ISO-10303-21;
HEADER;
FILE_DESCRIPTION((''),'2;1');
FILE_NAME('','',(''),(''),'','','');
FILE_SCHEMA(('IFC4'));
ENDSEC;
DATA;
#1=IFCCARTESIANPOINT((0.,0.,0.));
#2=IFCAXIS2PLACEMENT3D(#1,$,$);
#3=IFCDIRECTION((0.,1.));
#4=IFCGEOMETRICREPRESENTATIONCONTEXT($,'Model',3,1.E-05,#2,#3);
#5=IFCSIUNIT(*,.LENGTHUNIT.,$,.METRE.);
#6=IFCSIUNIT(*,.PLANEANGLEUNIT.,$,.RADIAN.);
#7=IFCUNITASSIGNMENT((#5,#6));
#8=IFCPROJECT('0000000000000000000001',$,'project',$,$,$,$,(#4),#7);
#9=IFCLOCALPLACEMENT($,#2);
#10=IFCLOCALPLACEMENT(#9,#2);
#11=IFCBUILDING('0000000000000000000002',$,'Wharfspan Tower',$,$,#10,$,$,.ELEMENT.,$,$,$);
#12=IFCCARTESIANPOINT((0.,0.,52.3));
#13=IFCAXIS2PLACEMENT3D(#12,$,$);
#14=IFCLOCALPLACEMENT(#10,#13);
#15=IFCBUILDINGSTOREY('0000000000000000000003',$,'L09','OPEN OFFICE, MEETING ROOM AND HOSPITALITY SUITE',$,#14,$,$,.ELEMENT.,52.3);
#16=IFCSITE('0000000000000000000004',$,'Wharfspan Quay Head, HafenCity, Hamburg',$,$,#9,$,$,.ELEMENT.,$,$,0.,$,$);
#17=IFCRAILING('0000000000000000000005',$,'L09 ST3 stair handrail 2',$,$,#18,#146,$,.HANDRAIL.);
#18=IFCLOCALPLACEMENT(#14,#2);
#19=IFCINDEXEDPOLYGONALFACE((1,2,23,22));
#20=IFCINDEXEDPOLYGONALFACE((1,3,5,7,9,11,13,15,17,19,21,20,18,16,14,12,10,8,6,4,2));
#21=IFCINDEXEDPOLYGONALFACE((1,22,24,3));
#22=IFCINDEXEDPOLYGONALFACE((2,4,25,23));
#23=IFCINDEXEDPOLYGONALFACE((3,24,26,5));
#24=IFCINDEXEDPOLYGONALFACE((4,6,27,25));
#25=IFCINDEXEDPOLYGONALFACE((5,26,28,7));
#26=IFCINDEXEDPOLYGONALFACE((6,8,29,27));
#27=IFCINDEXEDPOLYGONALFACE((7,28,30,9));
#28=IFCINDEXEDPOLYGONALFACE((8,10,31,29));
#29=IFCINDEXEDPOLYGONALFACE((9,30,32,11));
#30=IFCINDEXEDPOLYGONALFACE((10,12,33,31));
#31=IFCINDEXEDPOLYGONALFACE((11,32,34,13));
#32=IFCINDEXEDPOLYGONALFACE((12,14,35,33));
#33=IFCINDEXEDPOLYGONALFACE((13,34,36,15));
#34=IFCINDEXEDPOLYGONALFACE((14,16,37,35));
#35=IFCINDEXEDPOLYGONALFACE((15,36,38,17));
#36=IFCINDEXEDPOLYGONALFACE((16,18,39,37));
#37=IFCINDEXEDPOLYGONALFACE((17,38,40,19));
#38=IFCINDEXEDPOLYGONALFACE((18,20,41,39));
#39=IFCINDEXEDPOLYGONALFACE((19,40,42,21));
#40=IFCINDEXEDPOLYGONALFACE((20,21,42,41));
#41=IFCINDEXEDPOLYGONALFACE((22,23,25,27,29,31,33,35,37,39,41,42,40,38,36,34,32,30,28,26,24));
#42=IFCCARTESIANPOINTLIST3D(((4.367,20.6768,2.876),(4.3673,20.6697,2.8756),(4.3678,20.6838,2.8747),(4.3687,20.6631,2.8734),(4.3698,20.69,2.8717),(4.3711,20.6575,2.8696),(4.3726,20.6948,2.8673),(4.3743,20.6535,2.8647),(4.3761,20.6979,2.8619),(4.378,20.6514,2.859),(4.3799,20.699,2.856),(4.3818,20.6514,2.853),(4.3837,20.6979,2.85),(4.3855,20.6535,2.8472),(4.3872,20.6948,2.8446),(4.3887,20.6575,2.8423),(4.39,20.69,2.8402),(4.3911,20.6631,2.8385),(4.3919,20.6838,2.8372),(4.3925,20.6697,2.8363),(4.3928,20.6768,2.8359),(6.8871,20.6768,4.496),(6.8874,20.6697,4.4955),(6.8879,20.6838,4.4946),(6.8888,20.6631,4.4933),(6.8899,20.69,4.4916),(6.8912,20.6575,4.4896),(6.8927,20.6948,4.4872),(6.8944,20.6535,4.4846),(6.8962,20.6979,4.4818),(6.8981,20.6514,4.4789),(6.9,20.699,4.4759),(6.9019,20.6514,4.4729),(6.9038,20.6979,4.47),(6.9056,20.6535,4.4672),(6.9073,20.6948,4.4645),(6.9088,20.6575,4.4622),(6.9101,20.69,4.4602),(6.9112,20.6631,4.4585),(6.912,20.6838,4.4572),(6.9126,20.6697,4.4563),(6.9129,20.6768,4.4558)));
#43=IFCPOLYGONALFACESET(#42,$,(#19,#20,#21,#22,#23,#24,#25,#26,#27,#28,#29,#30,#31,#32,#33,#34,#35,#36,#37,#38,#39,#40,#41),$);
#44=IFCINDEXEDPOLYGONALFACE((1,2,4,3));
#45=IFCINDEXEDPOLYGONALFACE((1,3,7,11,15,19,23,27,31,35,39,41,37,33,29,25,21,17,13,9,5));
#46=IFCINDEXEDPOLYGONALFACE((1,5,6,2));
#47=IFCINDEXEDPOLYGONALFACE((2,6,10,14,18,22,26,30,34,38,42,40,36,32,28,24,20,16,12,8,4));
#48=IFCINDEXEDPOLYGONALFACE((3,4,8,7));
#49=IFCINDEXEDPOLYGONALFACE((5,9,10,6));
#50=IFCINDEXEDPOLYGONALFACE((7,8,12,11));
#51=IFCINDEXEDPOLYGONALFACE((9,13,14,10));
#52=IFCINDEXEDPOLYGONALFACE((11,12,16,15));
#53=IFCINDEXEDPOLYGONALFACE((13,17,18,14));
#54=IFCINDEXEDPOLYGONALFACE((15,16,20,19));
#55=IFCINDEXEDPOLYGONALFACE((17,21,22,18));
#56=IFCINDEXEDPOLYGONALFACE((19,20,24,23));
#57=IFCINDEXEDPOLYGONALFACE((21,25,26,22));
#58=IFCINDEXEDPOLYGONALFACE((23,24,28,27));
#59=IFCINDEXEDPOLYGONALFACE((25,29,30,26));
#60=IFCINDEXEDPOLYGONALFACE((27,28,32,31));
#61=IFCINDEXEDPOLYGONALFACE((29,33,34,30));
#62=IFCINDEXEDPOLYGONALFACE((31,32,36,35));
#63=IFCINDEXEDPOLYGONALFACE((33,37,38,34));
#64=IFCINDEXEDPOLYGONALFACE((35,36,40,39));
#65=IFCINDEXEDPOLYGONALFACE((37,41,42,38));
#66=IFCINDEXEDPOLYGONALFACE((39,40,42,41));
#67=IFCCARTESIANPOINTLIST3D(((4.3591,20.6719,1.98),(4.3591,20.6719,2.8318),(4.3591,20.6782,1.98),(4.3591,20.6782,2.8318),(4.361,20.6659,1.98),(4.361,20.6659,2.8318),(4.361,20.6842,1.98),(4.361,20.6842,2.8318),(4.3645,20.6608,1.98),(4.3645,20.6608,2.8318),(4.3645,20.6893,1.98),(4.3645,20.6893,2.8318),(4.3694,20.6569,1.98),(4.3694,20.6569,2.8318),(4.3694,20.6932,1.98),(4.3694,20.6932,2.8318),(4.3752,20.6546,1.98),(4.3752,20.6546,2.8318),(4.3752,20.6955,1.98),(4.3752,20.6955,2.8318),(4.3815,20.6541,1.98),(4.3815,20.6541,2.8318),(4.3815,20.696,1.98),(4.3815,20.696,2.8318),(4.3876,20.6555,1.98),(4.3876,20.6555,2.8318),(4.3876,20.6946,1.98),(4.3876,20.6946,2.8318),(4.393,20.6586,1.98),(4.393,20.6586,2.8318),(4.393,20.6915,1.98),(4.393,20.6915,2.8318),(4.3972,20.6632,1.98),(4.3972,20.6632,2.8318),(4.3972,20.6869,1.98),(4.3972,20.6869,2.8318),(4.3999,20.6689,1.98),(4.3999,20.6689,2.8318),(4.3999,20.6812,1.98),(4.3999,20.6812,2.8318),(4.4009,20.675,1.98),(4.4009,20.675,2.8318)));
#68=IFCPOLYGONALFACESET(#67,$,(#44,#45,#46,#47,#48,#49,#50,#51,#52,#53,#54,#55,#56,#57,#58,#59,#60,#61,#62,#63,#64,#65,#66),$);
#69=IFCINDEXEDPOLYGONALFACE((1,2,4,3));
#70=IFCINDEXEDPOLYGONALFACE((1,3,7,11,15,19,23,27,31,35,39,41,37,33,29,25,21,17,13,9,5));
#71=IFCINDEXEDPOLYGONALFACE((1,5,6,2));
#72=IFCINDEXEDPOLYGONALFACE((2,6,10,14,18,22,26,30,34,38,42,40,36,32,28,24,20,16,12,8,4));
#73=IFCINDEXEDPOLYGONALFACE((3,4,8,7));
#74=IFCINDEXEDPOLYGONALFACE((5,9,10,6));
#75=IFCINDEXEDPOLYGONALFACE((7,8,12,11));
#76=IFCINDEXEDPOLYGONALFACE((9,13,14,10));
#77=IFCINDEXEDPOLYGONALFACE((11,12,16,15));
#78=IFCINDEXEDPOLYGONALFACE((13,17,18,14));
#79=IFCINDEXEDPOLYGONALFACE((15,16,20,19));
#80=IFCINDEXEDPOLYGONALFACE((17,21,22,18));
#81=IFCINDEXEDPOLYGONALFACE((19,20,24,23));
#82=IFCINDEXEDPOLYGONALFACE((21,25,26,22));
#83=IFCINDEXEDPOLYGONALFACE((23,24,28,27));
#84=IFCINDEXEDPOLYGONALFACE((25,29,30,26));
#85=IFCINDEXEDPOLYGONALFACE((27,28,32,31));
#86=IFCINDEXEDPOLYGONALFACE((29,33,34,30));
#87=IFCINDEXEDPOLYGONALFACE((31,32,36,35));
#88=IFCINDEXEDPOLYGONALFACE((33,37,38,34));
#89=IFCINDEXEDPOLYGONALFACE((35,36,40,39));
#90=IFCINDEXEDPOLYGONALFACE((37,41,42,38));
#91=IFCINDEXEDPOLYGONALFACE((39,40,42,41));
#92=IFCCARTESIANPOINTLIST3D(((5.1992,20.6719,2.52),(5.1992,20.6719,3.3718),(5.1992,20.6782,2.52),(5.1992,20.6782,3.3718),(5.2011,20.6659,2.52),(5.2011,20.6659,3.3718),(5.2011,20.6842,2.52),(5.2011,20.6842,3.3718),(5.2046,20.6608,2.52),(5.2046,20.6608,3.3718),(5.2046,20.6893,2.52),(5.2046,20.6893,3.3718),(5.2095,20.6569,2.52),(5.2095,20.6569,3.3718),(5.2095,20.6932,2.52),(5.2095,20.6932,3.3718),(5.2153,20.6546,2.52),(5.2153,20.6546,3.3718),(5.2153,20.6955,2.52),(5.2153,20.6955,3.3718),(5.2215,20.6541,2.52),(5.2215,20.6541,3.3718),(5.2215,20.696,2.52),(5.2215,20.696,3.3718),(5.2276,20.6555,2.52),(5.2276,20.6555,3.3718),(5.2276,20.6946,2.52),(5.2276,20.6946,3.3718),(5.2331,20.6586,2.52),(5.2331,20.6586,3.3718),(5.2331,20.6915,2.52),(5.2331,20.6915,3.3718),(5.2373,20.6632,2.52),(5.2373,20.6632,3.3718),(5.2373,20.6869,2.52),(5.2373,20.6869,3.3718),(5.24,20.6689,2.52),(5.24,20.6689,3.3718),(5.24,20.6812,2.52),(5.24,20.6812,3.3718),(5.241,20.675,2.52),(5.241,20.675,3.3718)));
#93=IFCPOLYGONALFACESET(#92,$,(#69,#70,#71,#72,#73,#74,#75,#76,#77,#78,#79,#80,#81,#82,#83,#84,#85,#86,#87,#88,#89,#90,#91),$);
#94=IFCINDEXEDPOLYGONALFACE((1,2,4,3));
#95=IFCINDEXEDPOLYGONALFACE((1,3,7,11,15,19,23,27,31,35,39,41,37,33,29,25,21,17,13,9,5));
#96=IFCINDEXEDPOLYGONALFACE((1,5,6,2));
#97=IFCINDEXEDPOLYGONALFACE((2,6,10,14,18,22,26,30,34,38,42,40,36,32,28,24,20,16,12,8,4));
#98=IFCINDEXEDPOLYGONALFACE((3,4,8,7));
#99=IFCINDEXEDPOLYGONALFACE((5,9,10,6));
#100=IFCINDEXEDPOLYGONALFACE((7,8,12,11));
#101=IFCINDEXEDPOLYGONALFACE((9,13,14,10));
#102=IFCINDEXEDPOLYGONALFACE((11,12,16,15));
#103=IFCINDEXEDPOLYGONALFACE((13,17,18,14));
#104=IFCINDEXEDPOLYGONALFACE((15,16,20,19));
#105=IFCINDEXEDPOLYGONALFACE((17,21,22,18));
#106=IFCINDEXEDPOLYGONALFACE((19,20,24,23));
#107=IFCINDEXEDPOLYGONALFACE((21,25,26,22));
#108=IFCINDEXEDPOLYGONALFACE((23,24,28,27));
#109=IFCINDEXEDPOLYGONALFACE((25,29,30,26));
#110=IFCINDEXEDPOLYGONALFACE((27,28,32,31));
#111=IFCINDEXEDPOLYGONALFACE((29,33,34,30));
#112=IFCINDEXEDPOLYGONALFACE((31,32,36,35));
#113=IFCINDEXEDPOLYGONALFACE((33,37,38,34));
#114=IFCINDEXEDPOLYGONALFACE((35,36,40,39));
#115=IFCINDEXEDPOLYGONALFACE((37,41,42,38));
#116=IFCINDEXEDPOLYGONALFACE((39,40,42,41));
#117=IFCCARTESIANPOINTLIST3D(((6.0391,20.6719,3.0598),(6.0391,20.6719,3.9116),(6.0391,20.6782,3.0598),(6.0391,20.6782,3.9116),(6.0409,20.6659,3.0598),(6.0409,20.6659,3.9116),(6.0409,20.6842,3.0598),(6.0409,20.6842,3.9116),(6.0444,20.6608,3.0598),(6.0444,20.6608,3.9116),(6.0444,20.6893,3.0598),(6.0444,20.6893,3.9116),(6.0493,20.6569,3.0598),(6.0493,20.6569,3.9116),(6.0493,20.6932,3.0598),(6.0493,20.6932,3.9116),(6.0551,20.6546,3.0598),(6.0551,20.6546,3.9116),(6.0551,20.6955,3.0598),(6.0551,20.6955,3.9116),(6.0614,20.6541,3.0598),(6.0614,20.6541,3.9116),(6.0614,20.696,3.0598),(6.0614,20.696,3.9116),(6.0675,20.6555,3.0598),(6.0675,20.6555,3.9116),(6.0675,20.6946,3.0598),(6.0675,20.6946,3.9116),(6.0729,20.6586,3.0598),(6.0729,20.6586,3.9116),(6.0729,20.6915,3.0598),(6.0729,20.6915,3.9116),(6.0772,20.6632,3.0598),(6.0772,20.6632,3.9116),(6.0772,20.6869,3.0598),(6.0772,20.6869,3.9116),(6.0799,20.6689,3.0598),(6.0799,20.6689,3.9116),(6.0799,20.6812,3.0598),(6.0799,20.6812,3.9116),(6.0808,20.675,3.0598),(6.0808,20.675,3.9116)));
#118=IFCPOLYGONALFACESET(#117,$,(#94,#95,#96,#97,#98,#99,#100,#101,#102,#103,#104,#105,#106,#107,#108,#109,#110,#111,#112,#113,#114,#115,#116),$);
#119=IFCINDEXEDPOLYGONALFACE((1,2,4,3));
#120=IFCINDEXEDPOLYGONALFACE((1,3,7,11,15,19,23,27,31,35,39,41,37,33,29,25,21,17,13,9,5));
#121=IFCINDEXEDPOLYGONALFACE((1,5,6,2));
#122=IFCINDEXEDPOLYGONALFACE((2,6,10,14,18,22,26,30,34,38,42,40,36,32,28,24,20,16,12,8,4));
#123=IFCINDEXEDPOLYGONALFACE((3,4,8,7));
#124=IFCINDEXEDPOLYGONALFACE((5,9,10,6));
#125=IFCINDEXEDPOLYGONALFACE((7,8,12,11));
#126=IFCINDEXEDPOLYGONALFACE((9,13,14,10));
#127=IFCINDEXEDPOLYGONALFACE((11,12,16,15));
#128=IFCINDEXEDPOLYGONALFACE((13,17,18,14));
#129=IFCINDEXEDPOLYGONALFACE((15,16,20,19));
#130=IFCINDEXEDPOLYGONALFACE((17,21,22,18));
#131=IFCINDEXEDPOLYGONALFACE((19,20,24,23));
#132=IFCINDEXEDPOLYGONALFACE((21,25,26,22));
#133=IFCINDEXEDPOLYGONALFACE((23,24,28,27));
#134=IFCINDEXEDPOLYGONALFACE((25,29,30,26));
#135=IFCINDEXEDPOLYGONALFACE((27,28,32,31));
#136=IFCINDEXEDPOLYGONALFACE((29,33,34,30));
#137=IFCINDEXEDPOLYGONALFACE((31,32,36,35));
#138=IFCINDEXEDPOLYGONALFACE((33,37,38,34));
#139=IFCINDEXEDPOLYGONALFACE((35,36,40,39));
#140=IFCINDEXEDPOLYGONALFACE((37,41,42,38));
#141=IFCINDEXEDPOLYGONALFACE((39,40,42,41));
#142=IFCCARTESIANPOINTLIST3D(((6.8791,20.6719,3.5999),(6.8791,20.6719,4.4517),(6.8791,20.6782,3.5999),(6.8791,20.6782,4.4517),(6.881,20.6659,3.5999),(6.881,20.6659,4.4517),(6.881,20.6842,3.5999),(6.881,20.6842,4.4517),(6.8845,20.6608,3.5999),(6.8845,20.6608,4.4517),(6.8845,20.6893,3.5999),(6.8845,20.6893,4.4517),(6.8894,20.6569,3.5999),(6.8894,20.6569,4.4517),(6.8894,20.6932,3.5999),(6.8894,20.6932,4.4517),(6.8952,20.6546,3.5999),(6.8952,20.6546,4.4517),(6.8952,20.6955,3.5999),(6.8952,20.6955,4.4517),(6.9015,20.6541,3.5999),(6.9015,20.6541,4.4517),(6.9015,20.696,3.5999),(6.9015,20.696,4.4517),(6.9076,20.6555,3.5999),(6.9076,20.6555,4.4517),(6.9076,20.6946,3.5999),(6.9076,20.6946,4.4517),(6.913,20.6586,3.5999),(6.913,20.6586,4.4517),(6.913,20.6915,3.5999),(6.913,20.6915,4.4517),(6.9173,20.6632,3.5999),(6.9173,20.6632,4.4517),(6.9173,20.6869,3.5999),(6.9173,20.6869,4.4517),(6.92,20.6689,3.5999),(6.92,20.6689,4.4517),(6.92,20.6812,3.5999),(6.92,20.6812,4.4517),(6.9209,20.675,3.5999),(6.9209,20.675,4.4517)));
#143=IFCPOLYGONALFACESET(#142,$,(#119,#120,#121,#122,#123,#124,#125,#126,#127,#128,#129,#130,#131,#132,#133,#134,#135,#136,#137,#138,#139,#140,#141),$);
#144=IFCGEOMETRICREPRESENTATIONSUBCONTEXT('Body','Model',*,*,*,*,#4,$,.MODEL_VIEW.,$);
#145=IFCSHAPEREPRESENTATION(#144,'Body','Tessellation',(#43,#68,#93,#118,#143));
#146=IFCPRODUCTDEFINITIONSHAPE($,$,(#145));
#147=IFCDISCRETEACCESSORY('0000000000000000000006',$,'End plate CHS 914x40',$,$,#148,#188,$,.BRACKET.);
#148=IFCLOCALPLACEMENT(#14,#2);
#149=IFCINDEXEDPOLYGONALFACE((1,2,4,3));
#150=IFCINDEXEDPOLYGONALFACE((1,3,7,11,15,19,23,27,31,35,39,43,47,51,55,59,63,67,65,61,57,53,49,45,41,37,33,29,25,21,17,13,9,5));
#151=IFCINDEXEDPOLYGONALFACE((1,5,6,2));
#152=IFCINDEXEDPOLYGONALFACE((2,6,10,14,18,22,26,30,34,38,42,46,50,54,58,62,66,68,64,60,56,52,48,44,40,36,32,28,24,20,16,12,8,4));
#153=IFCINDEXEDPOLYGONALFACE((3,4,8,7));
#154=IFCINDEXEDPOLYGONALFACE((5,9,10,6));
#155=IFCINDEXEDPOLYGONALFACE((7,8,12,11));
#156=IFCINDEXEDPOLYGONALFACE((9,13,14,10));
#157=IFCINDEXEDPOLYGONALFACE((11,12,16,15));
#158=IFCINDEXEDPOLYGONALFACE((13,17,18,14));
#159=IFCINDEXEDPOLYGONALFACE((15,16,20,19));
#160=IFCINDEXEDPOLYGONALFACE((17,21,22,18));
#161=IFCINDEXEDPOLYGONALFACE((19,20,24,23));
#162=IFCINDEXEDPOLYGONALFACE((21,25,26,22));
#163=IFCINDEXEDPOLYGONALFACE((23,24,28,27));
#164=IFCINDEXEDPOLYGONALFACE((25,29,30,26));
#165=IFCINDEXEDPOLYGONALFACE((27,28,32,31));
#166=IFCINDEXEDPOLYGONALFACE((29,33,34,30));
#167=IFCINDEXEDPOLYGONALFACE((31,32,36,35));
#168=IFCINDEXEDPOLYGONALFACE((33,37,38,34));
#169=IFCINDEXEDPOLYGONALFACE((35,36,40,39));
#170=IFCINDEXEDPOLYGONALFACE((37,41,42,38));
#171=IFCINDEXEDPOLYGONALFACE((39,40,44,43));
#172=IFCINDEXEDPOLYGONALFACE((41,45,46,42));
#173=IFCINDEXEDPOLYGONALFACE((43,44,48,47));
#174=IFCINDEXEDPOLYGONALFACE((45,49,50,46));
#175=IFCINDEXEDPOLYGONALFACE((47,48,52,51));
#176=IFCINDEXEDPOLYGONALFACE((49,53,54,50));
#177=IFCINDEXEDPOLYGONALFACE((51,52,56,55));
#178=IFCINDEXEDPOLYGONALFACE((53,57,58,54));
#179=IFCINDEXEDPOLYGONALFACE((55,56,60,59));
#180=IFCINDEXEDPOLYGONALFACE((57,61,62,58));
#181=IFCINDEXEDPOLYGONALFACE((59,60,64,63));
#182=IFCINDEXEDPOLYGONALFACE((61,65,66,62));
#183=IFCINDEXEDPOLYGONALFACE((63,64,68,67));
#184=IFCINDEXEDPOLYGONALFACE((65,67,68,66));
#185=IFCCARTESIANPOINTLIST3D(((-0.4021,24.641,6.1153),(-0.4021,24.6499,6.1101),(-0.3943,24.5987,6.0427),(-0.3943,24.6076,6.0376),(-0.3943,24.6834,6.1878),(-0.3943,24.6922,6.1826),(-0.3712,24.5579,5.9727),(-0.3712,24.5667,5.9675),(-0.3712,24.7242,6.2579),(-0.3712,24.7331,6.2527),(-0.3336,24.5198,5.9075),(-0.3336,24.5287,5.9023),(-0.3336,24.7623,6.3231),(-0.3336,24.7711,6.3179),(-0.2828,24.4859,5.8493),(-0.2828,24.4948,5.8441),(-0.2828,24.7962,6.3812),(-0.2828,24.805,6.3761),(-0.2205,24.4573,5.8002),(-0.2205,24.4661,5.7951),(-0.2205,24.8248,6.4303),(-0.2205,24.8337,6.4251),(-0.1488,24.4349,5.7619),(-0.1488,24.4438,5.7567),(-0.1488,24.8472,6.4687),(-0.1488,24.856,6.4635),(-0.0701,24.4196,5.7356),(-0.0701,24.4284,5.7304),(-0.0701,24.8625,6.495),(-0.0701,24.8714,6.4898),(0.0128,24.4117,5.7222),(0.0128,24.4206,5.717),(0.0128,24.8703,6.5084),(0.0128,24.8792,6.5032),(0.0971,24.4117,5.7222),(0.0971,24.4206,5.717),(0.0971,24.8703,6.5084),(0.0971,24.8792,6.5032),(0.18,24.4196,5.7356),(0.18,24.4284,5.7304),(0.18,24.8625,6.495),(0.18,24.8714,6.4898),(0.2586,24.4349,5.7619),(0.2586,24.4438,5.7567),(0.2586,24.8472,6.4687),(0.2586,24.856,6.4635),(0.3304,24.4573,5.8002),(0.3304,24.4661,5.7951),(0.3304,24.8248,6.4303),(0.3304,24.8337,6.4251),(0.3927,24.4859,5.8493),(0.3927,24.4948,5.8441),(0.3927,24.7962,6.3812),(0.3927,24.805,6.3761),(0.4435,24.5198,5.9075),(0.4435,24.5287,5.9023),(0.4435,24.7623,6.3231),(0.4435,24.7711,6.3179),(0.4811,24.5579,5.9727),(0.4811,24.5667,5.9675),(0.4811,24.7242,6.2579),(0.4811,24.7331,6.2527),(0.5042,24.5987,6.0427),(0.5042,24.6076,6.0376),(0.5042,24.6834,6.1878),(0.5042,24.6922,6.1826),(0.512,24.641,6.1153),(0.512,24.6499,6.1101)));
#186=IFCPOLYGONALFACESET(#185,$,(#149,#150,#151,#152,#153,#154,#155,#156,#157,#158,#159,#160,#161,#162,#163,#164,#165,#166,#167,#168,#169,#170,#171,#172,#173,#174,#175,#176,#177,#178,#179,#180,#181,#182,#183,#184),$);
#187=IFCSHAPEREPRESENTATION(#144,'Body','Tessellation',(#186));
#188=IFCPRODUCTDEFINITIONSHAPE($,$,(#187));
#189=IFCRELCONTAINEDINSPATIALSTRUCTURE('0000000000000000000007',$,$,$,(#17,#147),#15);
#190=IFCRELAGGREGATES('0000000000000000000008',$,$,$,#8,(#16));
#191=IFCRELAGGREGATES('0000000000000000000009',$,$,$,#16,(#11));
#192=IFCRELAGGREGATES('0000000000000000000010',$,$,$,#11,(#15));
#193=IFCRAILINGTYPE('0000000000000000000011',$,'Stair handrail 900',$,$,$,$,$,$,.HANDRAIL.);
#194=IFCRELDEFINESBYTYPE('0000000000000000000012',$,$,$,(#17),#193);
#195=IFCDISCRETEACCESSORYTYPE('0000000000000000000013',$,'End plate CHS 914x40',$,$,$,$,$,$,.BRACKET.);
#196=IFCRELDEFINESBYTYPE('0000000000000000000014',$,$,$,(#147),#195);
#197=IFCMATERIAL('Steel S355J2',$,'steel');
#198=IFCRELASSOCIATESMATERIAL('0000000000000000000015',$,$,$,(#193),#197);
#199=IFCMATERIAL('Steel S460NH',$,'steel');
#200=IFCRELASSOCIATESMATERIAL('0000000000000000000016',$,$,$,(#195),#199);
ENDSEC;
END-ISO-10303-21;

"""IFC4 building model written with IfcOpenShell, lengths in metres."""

from ifc_helpers import new_model, si_unit, direction, frame, origin, origin_2d, place, context, subcontext, project, spatial, circle, extrude, material, material_profile, profile_set, type_object, element, save


model = new_model("IFC4")

# Units and contexts
model_context = context("Model", 3, precision=1e-05, world=origin(), true_north=direction((0.0, 1.0)))
body_context = subcontext(model_context, "Body", "Model", "MODEL_VIEW")
ifc_project = project(units=[si_unit("LENGTHUNIT", "METRE"), si_unit("PLANEANGLEUNIT", "RADIAN")], contexts=[model_context])

# Site, building, storey
site_placement = place(None, origin())
site = spatial("IfcSite", under=ifc_project, at=site_placement, Name="Wharfspan Quay Head, HafenCity, Hamburg", CompositionType="ELEMENT", RefElevation=0.0)
building_placement = place(site_placement, origin())
building = spatial("IfcBuilding", under=site, at=building_placement, Name="Wharfspan Tower", CompositionType="ELEMENT")
storey_placement = place(building_placement, frame((0.0, 0.0, 52.3)))
storey = spatial("IfcBuildingStorey", under=building, at=storey_placement, Name="L09", Description="OPEN OFFICE, MEETING ROOM AND HOSPITALITY SUITE", CompositionType="ELEMENT", Elevation=52.3)

# Shared definitions
ifc_material_1 = material(Name="Steel S355J2", Category="steel")

# Shared definitions
ifc_material_2 = material(Name="Steel S460NH", Category="steel")

# Railing
railing_type_1 = type_object("IfcRailingType", Name="Stair handrail 900", PredefinedType="HANDRAIL", material=ifc_material_1)
railing_1_placement = place(storey_placement, frame((4.3799, 20.675, 1.98)))
element("IfcRailing", 1, at=railing_1_placement, inside=storey, type_object=railing_type_1, Name="L09 ST3 stair handrail 2", PredefinedType="HANDRAIL", context=body_context, shape_type="SweptSolid", body=[
    extrude(circle(Radius=0.0239, at=origin_2d()), frame((0.0, 0.0, 0.876), z_axis=(0.8412, 0.0, 0.540725), x_axis=(0.0, 1.0, 0.0)), (0.0, 0.0, 1.0), 2.9958),
    extrude(circle(Radius=0.021, at=origin_2d()), origin(), (0.0, 0.0, 1.0), 0.8518),
    extrude(circle(Radius=0.021, at=origin_2d()), frame((0.8401, 0.0, 0.54)), (0.0, 0.0, 1.0), 0.8518),
    extrude(circle(Radius=0.021, at=origin_2d()), frame((1.6799, 0.0, 1.0798)), (0.0, 0.0, 1.0), 0.8518),
    extrude(circle(Radius=0.021, at=origin_2d()), frame((2.52, 0.0, 1.6199)), (0.0, 0.0, 1.0), 0.8518),
])

# Discrete accessory
ifc_material_profile_1 = material_profile(ifc_material_2, circle(Radius=0.457, at=origin_2d()))
ifc_profile_set_1 = profile_set([ifc_material_profile_1], Name="Steel S460NH")
discrete_accessory_type = type_object("IfcDiscreteAccessoryType", Name="End plate CHS 914x40", PredefinedType="BRACKET", material=ifc_profile_set_1)
for number, where, z_axis, x_axis, name in (
    (2, (0.0549, 24.6499, 6.1101), (0.0, -0.863779, 0.503871), (1.0, 0.0, 0.0), "End plate CHS 914x40"),
):
    element("IfcDiscreteAccessory", number, at=place(storey_placement, frame(where, z_axis=z_axis, x_axis=x_axis)), inside=storey, type_object=discrete_accessory_type, Name=name, PredefinedType="BRACKET", context=body_context, shape_type="SweptSolid", body=[
        extrude(circle(Radius=0.457, at=origin_2d()), origin(), (0.0, 0.0, 1.0), 0.0103),
    ])

save(model, "model.ifc")
